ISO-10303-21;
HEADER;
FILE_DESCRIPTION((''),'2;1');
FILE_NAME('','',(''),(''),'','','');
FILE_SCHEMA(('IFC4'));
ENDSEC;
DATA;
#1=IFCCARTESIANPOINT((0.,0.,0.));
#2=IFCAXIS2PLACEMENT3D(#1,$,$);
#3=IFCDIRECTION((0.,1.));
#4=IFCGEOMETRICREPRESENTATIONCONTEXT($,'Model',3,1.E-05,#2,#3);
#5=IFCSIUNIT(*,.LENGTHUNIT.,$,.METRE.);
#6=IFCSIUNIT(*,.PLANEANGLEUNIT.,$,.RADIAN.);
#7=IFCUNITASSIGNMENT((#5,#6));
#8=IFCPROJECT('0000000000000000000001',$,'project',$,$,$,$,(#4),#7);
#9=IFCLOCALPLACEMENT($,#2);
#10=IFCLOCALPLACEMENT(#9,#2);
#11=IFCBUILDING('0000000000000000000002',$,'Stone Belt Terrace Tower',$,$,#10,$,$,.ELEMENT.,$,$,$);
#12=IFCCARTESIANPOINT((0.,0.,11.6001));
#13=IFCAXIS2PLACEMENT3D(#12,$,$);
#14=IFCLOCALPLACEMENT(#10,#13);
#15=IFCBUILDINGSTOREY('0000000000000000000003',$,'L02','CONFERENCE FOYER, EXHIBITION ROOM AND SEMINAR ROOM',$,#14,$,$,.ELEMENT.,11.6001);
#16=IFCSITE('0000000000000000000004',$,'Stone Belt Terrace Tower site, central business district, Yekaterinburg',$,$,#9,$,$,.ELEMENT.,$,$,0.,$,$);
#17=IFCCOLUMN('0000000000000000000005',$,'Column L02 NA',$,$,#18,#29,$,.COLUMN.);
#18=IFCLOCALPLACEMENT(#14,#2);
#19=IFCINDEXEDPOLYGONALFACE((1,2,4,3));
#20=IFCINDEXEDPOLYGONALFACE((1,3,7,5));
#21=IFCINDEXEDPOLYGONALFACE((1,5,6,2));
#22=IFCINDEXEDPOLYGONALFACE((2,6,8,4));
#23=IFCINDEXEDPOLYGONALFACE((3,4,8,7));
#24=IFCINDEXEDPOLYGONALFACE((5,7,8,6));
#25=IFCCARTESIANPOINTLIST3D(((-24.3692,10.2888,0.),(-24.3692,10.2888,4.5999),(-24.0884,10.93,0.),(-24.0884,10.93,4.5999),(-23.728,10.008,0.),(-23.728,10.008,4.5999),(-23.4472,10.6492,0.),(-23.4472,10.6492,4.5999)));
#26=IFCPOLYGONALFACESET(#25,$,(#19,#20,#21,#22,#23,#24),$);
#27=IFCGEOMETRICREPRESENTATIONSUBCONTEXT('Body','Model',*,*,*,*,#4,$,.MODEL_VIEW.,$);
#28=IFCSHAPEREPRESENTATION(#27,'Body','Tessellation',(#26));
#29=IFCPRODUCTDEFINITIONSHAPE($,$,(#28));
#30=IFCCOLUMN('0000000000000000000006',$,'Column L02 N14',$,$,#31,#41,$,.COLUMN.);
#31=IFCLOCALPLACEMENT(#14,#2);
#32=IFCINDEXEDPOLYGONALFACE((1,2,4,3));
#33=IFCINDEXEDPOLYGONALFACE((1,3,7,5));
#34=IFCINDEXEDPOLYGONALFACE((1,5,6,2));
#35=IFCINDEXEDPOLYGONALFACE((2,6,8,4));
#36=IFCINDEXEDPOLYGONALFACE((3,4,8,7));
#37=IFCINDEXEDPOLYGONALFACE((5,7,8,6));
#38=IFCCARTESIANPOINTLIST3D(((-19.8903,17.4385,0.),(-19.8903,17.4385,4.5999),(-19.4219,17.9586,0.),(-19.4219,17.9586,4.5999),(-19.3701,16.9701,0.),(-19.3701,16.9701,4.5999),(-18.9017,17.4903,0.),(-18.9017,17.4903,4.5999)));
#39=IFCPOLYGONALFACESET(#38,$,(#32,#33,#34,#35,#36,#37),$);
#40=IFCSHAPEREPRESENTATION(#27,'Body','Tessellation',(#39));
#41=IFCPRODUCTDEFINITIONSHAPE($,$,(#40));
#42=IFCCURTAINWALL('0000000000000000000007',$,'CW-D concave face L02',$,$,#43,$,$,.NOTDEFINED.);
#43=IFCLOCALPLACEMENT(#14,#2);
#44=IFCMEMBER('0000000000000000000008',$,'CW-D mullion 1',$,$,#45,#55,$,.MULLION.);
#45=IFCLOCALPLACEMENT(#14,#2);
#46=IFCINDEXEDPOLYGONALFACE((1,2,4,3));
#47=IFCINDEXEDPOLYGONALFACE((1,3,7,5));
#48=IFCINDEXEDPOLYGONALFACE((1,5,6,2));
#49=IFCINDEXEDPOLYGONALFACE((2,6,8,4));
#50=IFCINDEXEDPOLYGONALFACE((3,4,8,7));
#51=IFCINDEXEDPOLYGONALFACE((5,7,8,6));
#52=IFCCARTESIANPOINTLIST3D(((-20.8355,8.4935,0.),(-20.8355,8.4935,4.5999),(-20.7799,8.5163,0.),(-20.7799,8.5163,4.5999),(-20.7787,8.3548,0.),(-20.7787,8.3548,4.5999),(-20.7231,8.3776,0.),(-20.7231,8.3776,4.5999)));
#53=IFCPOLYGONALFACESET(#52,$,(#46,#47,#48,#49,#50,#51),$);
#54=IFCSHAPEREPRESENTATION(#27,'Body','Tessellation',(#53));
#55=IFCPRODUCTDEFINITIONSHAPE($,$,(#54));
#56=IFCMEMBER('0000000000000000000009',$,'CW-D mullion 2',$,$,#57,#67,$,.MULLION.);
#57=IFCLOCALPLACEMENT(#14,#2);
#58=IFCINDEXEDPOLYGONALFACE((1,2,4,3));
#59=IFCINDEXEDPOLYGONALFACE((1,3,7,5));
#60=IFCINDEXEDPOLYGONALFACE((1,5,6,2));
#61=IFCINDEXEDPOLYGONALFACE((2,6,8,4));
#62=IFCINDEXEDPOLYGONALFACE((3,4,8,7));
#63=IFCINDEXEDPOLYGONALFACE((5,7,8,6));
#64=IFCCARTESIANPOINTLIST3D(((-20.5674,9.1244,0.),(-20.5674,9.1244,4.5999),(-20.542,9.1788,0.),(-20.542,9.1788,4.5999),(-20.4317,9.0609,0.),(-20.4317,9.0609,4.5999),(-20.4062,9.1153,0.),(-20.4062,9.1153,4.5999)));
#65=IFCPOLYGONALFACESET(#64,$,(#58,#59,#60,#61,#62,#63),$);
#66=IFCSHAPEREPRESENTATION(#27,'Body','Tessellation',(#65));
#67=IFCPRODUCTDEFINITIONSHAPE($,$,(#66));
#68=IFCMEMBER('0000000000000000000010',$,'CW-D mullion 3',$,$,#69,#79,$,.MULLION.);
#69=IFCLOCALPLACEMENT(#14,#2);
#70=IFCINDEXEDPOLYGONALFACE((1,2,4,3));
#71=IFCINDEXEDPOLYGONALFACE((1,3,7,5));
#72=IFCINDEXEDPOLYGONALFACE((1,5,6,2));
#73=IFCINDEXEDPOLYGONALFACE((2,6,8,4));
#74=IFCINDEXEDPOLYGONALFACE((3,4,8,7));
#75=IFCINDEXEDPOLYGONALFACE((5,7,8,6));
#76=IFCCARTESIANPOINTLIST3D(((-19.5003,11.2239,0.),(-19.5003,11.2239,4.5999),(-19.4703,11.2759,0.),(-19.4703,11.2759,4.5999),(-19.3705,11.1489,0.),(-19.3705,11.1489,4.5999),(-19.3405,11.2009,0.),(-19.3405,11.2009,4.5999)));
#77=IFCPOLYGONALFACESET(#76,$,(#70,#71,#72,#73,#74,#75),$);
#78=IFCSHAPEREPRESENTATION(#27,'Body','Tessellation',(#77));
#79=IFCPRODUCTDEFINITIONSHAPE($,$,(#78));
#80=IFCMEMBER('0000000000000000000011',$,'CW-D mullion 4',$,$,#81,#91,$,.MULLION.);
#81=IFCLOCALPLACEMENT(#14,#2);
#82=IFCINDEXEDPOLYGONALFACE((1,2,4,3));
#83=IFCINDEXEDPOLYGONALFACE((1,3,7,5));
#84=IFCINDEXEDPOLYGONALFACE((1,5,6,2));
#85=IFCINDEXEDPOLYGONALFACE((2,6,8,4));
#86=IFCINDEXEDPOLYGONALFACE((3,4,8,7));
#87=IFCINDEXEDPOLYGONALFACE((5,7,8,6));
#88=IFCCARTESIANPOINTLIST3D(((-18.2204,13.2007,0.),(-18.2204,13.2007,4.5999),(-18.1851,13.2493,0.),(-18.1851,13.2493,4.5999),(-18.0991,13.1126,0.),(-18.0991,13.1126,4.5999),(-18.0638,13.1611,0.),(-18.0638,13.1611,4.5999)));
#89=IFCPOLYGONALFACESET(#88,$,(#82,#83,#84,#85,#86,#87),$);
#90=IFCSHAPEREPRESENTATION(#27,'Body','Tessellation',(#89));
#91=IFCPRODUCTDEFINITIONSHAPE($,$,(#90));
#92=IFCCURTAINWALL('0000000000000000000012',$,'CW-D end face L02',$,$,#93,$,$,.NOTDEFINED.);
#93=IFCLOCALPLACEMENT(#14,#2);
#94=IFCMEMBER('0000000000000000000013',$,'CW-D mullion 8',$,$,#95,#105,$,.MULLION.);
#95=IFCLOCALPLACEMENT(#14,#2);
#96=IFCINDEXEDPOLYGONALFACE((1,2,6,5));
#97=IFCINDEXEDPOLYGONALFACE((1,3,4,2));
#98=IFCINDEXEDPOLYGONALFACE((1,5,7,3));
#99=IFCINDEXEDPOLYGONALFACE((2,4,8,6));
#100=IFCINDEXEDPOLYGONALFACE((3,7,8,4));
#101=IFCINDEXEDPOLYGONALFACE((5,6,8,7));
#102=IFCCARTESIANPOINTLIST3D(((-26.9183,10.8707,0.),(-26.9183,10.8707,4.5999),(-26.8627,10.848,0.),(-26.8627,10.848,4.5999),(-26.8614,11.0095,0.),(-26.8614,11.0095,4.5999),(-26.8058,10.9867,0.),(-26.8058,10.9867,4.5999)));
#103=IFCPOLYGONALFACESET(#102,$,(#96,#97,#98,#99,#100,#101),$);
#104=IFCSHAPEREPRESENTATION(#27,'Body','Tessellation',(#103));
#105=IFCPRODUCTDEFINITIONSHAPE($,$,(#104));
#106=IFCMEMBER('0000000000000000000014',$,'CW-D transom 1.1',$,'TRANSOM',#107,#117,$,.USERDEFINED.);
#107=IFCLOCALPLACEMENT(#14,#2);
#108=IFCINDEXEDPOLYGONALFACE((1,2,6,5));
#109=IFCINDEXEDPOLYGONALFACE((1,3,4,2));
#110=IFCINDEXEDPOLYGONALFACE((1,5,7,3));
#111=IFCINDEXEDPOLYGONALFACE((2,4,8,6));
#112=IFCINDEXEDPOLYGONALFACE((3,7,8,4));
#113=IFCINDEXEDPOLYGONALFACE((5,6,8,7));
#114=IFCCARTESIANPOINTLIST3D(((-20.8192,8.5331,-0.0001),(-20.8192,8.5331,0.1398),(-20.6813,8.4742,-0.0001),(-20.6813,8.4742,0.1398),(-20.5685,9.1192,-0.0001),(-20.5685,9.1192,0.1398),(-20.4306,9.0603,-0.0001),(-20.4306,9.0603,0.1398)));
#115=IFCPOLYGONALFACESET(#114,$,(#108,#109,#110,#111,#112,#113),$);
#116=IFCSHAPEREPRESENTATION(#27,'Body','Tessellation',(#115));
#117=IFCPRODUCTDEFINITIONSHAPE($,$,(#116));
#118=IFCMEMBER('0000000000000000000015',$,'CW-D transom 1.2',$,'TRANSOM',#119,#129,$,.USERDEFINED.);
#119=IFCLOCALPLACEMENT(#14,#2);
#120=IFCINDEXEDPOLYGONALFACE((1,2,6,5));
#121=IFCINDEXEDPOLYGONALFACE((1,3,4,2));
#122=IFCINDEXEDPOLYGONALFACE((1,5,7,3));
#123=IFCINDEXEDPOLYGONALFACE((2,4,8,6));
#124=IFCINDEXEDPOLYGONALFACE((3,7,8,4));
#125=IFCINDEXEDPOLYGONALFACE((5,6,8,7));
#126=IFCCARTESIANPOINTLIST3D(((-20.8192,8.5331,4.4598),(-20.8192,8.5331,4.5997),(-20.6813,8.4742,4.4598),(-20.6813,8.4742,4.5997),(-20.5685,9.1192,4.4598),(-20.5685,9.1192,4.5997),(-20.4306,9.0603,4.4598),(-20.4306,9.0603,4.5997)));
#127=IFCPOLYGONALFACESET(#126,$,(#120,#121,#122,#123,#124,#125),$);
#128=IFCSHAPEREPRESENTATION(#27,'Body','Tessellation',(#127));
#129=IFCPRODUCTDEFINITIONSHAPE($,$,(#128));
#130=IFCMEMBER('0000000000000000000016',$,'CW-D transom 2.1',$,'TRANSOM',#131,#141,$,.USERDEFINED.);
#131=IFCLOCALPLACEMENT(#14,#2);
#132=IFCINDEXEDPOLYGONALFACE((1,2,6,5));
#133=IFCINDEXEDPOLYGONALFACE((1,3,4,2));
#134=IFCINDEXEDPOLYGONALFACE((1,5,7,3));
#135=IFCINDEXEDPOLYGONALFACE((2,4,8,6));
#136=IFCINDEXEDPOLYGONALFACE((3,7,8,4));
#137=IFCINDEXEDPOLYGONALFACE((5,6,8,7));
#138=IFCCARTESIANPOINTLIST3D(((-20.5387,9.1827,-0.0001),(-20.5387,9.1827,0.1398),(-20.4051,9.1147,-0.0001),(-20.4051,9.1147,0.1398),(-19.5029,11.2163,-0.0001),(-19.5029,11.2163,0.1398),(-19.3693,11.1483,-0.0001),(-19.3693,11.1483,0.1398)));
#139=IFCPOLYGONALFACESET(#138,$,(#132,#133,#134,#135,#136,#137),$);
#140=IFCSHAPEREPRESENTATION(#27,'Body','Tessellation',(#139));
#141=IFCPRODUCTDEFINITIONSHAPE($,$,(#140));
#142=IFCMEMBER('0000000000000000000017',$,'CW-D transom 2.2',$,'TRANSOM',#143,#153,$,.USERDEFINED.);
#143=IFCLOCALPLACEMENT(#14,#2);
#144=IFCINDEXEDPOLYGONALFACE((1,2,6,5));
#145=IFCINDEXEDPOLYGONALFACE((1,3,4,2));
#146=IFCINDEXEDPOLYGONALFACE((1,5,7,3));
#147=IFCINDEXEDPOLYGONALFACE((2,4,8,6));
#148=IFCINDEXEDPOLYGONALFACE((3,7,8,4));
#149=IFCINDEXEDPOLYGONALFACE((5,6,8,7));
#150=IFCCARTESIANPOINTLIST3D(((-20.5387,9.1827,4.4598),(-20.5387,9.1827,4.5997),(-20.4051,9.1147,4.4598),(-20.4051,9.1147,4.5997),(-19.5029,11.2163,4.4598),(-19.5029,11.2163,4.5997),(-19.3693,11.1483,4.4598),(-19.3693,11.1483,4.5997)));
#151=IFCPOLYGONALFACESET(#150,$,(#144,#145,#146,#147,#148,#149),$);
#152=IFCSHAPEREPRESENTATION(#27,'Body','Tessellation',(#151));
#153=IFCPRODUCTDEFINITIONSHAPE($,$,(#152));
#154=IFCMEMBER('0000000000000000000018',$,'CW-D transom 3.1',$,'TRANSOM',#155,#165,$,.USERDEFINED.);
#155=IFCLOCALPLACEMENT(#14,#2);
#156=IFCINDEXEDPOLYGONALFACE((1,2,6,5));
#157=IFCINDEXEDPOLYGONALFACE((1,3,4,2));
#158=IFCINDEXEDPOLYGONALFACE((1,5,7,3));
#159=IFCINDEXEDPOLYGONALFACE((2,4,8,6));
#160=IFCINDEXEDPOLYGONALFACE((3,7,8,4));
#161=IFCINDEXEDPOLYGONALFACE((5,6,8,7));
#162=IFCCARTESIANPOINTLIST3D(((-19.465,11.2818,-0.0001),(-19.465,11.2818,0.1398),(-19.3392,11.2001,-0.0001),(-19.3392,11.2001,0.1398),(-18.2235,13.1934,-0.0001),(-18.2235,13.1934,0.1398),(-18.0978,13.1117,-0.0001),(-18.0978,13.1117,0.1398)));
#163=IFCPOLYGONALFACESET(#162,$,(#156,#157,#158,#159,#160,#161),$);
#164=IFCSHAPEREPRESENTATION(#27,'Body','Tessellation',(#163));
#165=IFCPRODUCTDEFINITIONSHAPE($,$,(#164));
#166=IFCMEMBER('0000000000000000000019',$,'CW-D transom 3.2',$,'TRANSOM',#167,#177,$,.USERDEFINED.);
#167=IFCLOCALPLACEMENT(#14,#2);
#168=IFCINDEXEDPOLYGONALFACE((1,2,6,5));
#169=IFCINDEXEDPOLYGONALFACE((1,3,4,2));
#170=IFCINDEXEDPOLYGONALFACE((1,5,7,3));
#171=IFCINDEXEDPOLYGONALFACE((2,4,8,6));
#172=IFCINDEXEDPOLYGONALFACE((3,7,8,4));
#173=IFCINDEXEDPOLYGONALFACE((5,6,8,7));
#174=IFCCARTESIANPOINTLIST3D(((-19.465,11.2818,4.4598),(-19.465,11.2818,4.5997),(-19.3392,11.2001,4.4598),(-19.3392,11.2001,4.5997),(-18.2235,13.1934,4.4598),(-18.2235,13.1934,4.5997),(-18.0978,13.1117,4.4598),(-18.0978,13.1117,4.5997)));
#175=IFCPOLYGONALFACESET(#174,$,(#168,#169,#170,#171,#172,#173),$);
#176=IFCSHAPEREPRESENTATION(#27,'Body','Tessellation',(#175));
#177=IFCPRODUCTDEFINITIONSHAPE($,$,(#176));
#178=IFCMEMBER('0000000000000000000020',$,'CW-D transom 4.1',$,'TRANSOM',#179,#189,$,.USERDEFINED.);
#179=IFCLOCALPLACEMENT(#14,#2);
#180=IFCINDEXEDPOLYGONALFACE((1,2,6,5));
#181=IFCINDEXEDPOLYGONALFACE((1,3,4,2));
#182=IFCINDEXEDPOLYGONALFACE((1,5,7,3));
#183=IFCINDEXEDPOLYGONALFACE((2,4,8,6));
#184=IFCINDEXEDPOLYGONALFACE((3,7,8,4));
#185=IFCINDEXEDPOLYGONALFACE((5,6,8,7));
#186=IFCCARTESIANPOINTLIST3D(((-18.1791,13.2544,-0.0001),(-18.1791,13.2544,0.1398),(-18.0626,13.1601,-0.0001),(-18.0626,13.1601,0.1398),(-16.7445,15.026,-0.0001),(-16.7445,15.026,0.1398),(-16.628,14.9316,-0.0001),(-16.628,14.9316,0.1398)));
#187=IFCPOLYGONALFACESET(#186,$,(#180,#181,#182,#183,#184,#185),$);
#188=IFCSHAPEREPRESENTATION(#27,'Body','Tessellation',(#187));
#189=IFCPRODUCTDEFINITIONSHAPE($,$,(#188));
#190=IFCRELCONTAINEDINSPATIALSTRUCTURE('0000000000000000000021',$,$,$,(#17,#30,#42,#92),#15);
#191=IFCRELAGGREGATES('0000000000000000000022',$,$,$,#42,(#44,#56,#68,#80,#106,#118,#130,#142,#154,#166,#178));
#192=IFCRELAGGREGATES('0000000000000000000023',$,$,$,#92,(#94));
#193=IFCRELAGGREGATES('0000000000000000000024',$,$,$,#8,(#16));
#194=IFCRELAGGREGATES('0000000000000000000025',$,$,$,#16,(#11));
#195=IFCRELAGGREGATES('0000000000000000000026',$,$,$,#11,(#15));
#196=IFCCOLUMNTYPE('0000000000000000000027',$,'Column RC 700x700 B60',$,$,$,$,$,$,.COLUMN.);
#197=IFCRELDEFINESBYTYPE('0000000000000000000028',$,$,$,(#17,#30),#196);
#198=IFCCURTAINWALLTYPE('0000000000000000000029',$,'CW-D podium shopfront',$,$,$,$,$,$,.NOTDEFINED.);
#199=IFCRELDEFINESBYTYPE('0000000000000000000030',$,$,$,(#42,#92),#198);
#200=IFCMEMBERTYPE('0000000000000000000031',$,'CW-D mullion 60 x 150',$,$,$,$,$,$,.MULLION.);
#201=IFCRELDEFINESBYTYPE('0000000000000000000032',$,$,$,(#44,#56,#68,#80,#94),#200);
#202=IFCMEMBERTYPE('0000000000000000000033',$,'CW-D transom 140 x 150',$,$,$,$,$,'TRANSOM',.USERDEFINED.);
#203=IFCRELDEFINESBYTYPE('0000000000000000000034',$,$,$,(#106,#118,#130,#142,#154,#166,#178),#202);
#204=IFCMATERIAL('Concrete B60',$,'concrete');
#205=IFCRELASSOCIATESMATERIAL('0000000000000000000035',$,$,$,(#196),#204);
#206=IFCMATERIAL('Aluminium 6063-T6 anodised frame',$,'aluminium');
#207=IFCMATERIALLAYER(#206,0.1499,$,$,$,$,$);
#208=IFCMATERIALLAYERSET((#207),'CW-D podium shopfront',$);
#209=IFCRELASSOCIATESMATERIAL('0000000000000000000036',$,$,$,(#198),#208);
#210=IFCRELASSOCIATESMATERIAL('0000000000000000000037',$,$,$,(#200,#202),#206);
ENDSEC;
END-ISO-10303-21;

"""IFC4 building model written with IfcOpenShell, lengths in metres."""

from ifc_helpers import new_model, si_unit, direction, frame, origin, origin_2d, place, context, subcontext, project, spatial, rectangle, extrude, material, layer, layer_set, material_profile, profile_set, type_object, element, aggregate, save


model = new_model("IFC4")

# Units and contexts
model_context = context("Model", 3, precision=1e-05, world=origin(), true_north=direction((0.0, 1.0)))
body_context = subcontext(model_context, "Body", "Model", "MODEL_VIEW")
ifc_project = project(units=[si_unit("LENGTHUNIT", "METRE"), si_unit("PLANEANGLEUNIT", "RADIAN")], contexts=[model_context])

# Site, building, storey
site_placement = place(None, origin())
site = spatial("IfcSite", under=ifc_project, at=site_placement, Name="Stone Belt Terrace Tower site, central business district, Yekaterinburg", CompositionType="ELEMENT", RefElevation=0.0)
building_placement = place(site_placement, origin())
building = spatial("IfcBuilding", under=site, at=building_placement, Name="Stone Belt Terrace Tower", CompositionType="ELEMENT")
storey_placement = place(building_placement, frame((0.0, 0.0, 11.6001)))
storey = spatial("IfcBuildingStorey", under=building, at=storey_placement, Name="L02", Description="CONFERENCE FOYER, EXHIBITION ROOM AND SEMINAR ROOM", CompositionType="ELEMENT", Elevation=11.6001)

# Columns
ifc_material_1 = material(Name="Concrete B60", Category="concrete")
ifc_material_profile_1 = material_profile(ifc_material_1, rectangle(XDim=0.7, YDim=0.7, at=origin_2d()), Name="RC 700x700")
ifc_profile_set_1 = profile_set([ifc_material_profile_1], Name="Concrete B60")
column_type = type_object("IfcColumnType", Name="Column RC 700x700 B60", PredefinedType="COLUMN", material=ifc_profile_set_1)
for number, where, z_axis, x_axis, name in (
    (1, (-23.9082, 10.469, 0.0), (0.0, 0.0, 1.0), (0.401115, 0.916028, 0.0), "Column L02 NA"),
    (2, (-19.396, 17.4644, 0.0), (0.0, 0.0, 1.0), (0.669131, 0.743145, 0.0), "Column L02 N14"),
):
    element("IfcColumn", number, at=place(storey_placement, frame(where, z_axis=z_axis, x_axis=x_axis)), inside=storey, type_object=column_type, Name=name, PredefinedType="COLUMN", context=body_context, shape_type="SweptSolid", body=[
        extrude(rectangle(XDim=0.7, YDim=0.7, at=origin_2d()), origin(), (0.0, 0.0, 1.0), 4.5999),
    ])

# Curtain wall, members
ifc_material_2 = material(Name="Aluminium 6063-T6 anodised frame", Category="aluminium")
ifc_layer_1 = layer(ifc_material_2, 0.1499)
ifc_layer_set_1 = layer_set([ifc_layer_1], Name="CW-D podium shopfront")
curtain_wall_type = type_object("IfcCurtainWallType", Name="CW-D podium shopfront", PredefinedType="NOTDEFINED", material=ifc_layer_set_1)
curtain_wall_1_placement = place(storey_placement, origin())
curtain_wall_1 = element("IfcCurtainWall", 3, at=curtain_wall_1_placement, inside=storey, type_object=curtain_wall_type, Name="CW-D concave face L02", PredefinedType="NOTDEFINED")
ifc_material_profile_2 = material_profile(ifc_material_2, rectangle(XDim=0.1499, YDim=0.0601, at=origin_2d()), Name="Aluminium 6063-T6 60x150")
ifc_profile_set_2 = profile_set([ifc_material_profile_2], Name="Aluminium 6063-T6 anodised frame")
member_type_1 = type_object("IfcMemberType", Name="CW-D mullion 60 x 150", PredefinedType="MULLION", material=ifc_profile_set_2)
member_1_placement = place(storey_placement, frame((-20.7793, 8.4355, 0.0), z_axis=(0.0, 0.0, 1.0), x_axis=(-0.379212, 0.92531, 0.0)))
member_1 = element("IfcMember", 4, at=member_1_placement, type_object=member_type_1, Name="CW-D mullion 1", PredefinedType="MULLION", context=body_context, shape_type="SweptSolid", body=[
    extrude(rectangle(XDim=0.1499, YDim=0.0601, at=origin_2d()), origin(), (0.0, 0.0, 1.0), 4.5999),
])
member_2_placement = place(storey_placement, frame((-20.4868, 9.1199, 0.0), z_axis=(0.0, 0.0, 1.0), x_axis=(-0.905778, 0.423752, 0.0)))
member_2 = element("IfcMember", 5, at=member_2_placement, type_object=member_type_1, Name="CW-D mullion 2", PredefinedType="MULLION", context=body_context, shape_type="SweptSolid", body=[
    extrude(rectangle(XDim=0.1499, YDim=0.0601, at=origin_2d()), origin(), (0.0, 0.0, 1.0), 4.5999),
])
member_3_placement = place(storey_placement, frame((-19.4204, 11.2124, 0.0), z_axis=(0.0, 0.0, 1.0), x_axis=(-0.866025, 0.5, 0.0)))
member_3 = element("IfcMember", 6, at=member_3_placement, type_object=member_type_1, Name="CW-D mullion 3", PredefinedType="MULLION", context=body_context, shape_type="SweptSolid", body=[
    extrude(rectangle(XDim=0.1499, YDim=0.0601, at=origin_2d()), origin(), (0.0, 0.0, 1.0), 4.5999),
])
member_4_placement = place(storey_placement, frame((-18.1421, 13.1809, 0.0), z_axis=(0.0, 0.0, 1.0), x_axis=(-0.809017, 0.587785, 0.0)))
member_4 = element("IfcMember", 7, at=member_4_placement, type_object=member_type_1, Name="CW-D mullion 4", PredefinedType="MULLION", context=body_context, shape_type="SweptSolid", body=[
    extrude(rectangle(XDim=0.1499, YDim=0.0601, at=origin_2d()), origin(), (0.0, 0.0, 1.0), 4.5999),
])

# Curtain wall, member
curtain_wall_2_placement = place(storey_placement, origin())
curtain_wall_2 = element("IfcCurtainWall", 8, at=curtain_wall_2_placement, inside=storey, type_object=curtain_wall_type, Name="CW-D end face L02", PredefinedType="NOTDEFINED")
member_5_placement = place(storey_placement, frame((-26.8621, 10.9287, 0.0), z_axis=(0.0, 0.0, 1.0), x_axis=(0.379243, 0.925297, 0.0)))
member_5 = element("IfcMember", 9, at=member_5_placement, type_object=member_type_1, Name="CW-D mullion 8", PredefinedType="MULLION", context=body_context, shape_type="SweptSolid", body=[
    extrude(rectangle(XDim=0.1499, YDim=0.0601, at=origin_2d()), origin(), (0.0, 0.0, 1.0), 4.5999),
])

# Members
ifc_material_profile_3 = material_profile(ifc_material_2, rectangle(XDim=0.1499, YDim=0.1399, at=origin_2d()), Name="Aluminium 6063-T6 150x140")
ifc_profile_set_3 = profile_set([ifc_material_profile_3], Name="Aluminium 6063-T6 anodised frame")
member_type_2 = type_object("IfcMemberType", Name="CW-D transom 140 x 150", ElementType="TRANSOM", PredefinedType="USERDEFINED", material=ifc_profile_set_3)
member_6_placement = place(storey_placement, frame((-20.7502, 8.5037, 0.0698), z_axis=(0.393272, 0.919422, 0.0), x_axis=(-0.919422, 0.393272, 0.0)))
member_6 = element("IfcMember", 10, at=member_6_placement, type_object=member_type_2, Name="CW-D transom 1.1", ObjectType="TRANSOM", PredefinedType="USERDEFINED", context=body_context, shape_type="SweptSolid", body=[
    extrude(rectangle(XDim=0.1499, YDim=0.1399, at=origin_2d()), origin(), (0.0, 0.0, 1.0), 0.6375),
])
member_7_placement = place(storey_placement, frame((-20.7502, 8.5037, 4.5298), z_axis=(0.393272, 0.919422, 0.0), x_axis=(-0.919422, 0.393272, 0.0)))
member_7 = element("IfcMember", 11, at=member_7_placement, type_object=member_type_2, Name="CW-D transom 1.2", ObjectType="TRANSOM", PredefinedType="USERDEFINED", context=body_context, shape_type="SweptSolid", body=[
    extrude(rectangle(XDim=0.1499, YDim=0.1399, at=origin_2d()), origin(), (0.0, 0.0, 1.0), 0.6375),
])
member_8_placement = place(storey_placement, frame((-20.4719, 9.1487, 0.0698), z_axis=(0.453876, 0.891065, 0.0), x_axis=(-0.891065, 0.453876, 0.0)))
member_8 = element("IfcMember", 12, at=member_8_placement, type_object=member_type_2, Name="CW-D transom 2.1", ObjectType="TRANSOM", PredefinedType="USERDEFINED", context=body_context, shape_type="SweptSolid", body=[
    extrude(rectangle(XDim=0.1499, YDim=0.1399, at=origin_2d()), origin(), (0.0, 0.0, 1.0), 2.2822),
])
member_9_placement = place(storey_placement, frame((-20.4719, 9.1487, 4.5298), z_axis=(0.453876, 0.891065, 0.0), x_axis=(-0.891065, 0.453876, 0.0)))
member_9 = element("IfcMember", 13, at=member_9_placement, type_object=member_type_2, Name="CW-D transom 2.2", ObjectType="TRANSOM", PredefinedType="USERDEFINED", context=body_context, shape_type="SweptSolid", body=[
    extrude(rectangle(XDim=0.1499, YDim=0.1399, at=origin_2d()), origin(), (0.0, 0.0, 1.0), 2.2822),
])
member_10_placement = place(storey_placement, frame((-19.4021, 11.241, 0.0698), z_axis=(0.544649, 0.838664, 0.0), x_axis=(-0.838664, 0.544649, 0.0)))
member_10 = element("IfcMember", 14, at=member_10_placement, type_object=member_type_2, Name="CW-D transom 3.1", ObjectType="TRANSOM", PredefinedType="USERDEFINED", context=body_context, shape_type="SweptSolid", body=[
    extrude(rectangle(XDim=0.1499, YDim=0.1399, at=origin_2d()), origin(), (0.0, 0.0, 1.0), 2.2793),
])
member_11_placement = place(storey_placement, frame((-19.4021, 11.241, 4.5298), z_axis=(0.544649, 0.838664, 0.0), x_axis=(-0.838664, 0.544649, 0.0)))
member_11 = element("IfcMember", 15, at=member_11_placement, type_object=member_type_2, Name="CW-D transom 3.2", ObjectType="TRANSOM", PredefinedType="USERDEFINED", context=body_context, shape_type="SweptSolid", body=[
    extrude(rectangle(XDim=0.1499, YDim=0.1399, at=origin_2d()), origin(), (0.0, 0.0, 1.0), 2.2793),
])
member_12_placement = place(storey_placement, frame((-18.1208, 13.2073, 0.0698), z_axis=(0.629334, 0.777135, 0.0), x_axis=(-0.777135, 0.629334, 0.0)))
member_12 = element("IfcMember", 16, at=member_12_placement, type_object=member_type_2, Name="CW-D transom 4.1", ObjectType="TRANSOM", PredefinedType="USERDEFINED", context=body_context, shape_type="SweptSolid", body=[
    extrude(rectangle(XDim=0.1499, YDim=0.1399, at=origin_2d()), origin(), (0.0, 0.0, 1.0), 2.2795),
])

aggregate(curtain_wall_1, [member_1, member_2, member_3, member_4, member_6, member_7, member_8, member_9, member_10, member_11, member_12])
aggregate(curtain_wall_2, [member_5])

save(model, "model.ifc")
